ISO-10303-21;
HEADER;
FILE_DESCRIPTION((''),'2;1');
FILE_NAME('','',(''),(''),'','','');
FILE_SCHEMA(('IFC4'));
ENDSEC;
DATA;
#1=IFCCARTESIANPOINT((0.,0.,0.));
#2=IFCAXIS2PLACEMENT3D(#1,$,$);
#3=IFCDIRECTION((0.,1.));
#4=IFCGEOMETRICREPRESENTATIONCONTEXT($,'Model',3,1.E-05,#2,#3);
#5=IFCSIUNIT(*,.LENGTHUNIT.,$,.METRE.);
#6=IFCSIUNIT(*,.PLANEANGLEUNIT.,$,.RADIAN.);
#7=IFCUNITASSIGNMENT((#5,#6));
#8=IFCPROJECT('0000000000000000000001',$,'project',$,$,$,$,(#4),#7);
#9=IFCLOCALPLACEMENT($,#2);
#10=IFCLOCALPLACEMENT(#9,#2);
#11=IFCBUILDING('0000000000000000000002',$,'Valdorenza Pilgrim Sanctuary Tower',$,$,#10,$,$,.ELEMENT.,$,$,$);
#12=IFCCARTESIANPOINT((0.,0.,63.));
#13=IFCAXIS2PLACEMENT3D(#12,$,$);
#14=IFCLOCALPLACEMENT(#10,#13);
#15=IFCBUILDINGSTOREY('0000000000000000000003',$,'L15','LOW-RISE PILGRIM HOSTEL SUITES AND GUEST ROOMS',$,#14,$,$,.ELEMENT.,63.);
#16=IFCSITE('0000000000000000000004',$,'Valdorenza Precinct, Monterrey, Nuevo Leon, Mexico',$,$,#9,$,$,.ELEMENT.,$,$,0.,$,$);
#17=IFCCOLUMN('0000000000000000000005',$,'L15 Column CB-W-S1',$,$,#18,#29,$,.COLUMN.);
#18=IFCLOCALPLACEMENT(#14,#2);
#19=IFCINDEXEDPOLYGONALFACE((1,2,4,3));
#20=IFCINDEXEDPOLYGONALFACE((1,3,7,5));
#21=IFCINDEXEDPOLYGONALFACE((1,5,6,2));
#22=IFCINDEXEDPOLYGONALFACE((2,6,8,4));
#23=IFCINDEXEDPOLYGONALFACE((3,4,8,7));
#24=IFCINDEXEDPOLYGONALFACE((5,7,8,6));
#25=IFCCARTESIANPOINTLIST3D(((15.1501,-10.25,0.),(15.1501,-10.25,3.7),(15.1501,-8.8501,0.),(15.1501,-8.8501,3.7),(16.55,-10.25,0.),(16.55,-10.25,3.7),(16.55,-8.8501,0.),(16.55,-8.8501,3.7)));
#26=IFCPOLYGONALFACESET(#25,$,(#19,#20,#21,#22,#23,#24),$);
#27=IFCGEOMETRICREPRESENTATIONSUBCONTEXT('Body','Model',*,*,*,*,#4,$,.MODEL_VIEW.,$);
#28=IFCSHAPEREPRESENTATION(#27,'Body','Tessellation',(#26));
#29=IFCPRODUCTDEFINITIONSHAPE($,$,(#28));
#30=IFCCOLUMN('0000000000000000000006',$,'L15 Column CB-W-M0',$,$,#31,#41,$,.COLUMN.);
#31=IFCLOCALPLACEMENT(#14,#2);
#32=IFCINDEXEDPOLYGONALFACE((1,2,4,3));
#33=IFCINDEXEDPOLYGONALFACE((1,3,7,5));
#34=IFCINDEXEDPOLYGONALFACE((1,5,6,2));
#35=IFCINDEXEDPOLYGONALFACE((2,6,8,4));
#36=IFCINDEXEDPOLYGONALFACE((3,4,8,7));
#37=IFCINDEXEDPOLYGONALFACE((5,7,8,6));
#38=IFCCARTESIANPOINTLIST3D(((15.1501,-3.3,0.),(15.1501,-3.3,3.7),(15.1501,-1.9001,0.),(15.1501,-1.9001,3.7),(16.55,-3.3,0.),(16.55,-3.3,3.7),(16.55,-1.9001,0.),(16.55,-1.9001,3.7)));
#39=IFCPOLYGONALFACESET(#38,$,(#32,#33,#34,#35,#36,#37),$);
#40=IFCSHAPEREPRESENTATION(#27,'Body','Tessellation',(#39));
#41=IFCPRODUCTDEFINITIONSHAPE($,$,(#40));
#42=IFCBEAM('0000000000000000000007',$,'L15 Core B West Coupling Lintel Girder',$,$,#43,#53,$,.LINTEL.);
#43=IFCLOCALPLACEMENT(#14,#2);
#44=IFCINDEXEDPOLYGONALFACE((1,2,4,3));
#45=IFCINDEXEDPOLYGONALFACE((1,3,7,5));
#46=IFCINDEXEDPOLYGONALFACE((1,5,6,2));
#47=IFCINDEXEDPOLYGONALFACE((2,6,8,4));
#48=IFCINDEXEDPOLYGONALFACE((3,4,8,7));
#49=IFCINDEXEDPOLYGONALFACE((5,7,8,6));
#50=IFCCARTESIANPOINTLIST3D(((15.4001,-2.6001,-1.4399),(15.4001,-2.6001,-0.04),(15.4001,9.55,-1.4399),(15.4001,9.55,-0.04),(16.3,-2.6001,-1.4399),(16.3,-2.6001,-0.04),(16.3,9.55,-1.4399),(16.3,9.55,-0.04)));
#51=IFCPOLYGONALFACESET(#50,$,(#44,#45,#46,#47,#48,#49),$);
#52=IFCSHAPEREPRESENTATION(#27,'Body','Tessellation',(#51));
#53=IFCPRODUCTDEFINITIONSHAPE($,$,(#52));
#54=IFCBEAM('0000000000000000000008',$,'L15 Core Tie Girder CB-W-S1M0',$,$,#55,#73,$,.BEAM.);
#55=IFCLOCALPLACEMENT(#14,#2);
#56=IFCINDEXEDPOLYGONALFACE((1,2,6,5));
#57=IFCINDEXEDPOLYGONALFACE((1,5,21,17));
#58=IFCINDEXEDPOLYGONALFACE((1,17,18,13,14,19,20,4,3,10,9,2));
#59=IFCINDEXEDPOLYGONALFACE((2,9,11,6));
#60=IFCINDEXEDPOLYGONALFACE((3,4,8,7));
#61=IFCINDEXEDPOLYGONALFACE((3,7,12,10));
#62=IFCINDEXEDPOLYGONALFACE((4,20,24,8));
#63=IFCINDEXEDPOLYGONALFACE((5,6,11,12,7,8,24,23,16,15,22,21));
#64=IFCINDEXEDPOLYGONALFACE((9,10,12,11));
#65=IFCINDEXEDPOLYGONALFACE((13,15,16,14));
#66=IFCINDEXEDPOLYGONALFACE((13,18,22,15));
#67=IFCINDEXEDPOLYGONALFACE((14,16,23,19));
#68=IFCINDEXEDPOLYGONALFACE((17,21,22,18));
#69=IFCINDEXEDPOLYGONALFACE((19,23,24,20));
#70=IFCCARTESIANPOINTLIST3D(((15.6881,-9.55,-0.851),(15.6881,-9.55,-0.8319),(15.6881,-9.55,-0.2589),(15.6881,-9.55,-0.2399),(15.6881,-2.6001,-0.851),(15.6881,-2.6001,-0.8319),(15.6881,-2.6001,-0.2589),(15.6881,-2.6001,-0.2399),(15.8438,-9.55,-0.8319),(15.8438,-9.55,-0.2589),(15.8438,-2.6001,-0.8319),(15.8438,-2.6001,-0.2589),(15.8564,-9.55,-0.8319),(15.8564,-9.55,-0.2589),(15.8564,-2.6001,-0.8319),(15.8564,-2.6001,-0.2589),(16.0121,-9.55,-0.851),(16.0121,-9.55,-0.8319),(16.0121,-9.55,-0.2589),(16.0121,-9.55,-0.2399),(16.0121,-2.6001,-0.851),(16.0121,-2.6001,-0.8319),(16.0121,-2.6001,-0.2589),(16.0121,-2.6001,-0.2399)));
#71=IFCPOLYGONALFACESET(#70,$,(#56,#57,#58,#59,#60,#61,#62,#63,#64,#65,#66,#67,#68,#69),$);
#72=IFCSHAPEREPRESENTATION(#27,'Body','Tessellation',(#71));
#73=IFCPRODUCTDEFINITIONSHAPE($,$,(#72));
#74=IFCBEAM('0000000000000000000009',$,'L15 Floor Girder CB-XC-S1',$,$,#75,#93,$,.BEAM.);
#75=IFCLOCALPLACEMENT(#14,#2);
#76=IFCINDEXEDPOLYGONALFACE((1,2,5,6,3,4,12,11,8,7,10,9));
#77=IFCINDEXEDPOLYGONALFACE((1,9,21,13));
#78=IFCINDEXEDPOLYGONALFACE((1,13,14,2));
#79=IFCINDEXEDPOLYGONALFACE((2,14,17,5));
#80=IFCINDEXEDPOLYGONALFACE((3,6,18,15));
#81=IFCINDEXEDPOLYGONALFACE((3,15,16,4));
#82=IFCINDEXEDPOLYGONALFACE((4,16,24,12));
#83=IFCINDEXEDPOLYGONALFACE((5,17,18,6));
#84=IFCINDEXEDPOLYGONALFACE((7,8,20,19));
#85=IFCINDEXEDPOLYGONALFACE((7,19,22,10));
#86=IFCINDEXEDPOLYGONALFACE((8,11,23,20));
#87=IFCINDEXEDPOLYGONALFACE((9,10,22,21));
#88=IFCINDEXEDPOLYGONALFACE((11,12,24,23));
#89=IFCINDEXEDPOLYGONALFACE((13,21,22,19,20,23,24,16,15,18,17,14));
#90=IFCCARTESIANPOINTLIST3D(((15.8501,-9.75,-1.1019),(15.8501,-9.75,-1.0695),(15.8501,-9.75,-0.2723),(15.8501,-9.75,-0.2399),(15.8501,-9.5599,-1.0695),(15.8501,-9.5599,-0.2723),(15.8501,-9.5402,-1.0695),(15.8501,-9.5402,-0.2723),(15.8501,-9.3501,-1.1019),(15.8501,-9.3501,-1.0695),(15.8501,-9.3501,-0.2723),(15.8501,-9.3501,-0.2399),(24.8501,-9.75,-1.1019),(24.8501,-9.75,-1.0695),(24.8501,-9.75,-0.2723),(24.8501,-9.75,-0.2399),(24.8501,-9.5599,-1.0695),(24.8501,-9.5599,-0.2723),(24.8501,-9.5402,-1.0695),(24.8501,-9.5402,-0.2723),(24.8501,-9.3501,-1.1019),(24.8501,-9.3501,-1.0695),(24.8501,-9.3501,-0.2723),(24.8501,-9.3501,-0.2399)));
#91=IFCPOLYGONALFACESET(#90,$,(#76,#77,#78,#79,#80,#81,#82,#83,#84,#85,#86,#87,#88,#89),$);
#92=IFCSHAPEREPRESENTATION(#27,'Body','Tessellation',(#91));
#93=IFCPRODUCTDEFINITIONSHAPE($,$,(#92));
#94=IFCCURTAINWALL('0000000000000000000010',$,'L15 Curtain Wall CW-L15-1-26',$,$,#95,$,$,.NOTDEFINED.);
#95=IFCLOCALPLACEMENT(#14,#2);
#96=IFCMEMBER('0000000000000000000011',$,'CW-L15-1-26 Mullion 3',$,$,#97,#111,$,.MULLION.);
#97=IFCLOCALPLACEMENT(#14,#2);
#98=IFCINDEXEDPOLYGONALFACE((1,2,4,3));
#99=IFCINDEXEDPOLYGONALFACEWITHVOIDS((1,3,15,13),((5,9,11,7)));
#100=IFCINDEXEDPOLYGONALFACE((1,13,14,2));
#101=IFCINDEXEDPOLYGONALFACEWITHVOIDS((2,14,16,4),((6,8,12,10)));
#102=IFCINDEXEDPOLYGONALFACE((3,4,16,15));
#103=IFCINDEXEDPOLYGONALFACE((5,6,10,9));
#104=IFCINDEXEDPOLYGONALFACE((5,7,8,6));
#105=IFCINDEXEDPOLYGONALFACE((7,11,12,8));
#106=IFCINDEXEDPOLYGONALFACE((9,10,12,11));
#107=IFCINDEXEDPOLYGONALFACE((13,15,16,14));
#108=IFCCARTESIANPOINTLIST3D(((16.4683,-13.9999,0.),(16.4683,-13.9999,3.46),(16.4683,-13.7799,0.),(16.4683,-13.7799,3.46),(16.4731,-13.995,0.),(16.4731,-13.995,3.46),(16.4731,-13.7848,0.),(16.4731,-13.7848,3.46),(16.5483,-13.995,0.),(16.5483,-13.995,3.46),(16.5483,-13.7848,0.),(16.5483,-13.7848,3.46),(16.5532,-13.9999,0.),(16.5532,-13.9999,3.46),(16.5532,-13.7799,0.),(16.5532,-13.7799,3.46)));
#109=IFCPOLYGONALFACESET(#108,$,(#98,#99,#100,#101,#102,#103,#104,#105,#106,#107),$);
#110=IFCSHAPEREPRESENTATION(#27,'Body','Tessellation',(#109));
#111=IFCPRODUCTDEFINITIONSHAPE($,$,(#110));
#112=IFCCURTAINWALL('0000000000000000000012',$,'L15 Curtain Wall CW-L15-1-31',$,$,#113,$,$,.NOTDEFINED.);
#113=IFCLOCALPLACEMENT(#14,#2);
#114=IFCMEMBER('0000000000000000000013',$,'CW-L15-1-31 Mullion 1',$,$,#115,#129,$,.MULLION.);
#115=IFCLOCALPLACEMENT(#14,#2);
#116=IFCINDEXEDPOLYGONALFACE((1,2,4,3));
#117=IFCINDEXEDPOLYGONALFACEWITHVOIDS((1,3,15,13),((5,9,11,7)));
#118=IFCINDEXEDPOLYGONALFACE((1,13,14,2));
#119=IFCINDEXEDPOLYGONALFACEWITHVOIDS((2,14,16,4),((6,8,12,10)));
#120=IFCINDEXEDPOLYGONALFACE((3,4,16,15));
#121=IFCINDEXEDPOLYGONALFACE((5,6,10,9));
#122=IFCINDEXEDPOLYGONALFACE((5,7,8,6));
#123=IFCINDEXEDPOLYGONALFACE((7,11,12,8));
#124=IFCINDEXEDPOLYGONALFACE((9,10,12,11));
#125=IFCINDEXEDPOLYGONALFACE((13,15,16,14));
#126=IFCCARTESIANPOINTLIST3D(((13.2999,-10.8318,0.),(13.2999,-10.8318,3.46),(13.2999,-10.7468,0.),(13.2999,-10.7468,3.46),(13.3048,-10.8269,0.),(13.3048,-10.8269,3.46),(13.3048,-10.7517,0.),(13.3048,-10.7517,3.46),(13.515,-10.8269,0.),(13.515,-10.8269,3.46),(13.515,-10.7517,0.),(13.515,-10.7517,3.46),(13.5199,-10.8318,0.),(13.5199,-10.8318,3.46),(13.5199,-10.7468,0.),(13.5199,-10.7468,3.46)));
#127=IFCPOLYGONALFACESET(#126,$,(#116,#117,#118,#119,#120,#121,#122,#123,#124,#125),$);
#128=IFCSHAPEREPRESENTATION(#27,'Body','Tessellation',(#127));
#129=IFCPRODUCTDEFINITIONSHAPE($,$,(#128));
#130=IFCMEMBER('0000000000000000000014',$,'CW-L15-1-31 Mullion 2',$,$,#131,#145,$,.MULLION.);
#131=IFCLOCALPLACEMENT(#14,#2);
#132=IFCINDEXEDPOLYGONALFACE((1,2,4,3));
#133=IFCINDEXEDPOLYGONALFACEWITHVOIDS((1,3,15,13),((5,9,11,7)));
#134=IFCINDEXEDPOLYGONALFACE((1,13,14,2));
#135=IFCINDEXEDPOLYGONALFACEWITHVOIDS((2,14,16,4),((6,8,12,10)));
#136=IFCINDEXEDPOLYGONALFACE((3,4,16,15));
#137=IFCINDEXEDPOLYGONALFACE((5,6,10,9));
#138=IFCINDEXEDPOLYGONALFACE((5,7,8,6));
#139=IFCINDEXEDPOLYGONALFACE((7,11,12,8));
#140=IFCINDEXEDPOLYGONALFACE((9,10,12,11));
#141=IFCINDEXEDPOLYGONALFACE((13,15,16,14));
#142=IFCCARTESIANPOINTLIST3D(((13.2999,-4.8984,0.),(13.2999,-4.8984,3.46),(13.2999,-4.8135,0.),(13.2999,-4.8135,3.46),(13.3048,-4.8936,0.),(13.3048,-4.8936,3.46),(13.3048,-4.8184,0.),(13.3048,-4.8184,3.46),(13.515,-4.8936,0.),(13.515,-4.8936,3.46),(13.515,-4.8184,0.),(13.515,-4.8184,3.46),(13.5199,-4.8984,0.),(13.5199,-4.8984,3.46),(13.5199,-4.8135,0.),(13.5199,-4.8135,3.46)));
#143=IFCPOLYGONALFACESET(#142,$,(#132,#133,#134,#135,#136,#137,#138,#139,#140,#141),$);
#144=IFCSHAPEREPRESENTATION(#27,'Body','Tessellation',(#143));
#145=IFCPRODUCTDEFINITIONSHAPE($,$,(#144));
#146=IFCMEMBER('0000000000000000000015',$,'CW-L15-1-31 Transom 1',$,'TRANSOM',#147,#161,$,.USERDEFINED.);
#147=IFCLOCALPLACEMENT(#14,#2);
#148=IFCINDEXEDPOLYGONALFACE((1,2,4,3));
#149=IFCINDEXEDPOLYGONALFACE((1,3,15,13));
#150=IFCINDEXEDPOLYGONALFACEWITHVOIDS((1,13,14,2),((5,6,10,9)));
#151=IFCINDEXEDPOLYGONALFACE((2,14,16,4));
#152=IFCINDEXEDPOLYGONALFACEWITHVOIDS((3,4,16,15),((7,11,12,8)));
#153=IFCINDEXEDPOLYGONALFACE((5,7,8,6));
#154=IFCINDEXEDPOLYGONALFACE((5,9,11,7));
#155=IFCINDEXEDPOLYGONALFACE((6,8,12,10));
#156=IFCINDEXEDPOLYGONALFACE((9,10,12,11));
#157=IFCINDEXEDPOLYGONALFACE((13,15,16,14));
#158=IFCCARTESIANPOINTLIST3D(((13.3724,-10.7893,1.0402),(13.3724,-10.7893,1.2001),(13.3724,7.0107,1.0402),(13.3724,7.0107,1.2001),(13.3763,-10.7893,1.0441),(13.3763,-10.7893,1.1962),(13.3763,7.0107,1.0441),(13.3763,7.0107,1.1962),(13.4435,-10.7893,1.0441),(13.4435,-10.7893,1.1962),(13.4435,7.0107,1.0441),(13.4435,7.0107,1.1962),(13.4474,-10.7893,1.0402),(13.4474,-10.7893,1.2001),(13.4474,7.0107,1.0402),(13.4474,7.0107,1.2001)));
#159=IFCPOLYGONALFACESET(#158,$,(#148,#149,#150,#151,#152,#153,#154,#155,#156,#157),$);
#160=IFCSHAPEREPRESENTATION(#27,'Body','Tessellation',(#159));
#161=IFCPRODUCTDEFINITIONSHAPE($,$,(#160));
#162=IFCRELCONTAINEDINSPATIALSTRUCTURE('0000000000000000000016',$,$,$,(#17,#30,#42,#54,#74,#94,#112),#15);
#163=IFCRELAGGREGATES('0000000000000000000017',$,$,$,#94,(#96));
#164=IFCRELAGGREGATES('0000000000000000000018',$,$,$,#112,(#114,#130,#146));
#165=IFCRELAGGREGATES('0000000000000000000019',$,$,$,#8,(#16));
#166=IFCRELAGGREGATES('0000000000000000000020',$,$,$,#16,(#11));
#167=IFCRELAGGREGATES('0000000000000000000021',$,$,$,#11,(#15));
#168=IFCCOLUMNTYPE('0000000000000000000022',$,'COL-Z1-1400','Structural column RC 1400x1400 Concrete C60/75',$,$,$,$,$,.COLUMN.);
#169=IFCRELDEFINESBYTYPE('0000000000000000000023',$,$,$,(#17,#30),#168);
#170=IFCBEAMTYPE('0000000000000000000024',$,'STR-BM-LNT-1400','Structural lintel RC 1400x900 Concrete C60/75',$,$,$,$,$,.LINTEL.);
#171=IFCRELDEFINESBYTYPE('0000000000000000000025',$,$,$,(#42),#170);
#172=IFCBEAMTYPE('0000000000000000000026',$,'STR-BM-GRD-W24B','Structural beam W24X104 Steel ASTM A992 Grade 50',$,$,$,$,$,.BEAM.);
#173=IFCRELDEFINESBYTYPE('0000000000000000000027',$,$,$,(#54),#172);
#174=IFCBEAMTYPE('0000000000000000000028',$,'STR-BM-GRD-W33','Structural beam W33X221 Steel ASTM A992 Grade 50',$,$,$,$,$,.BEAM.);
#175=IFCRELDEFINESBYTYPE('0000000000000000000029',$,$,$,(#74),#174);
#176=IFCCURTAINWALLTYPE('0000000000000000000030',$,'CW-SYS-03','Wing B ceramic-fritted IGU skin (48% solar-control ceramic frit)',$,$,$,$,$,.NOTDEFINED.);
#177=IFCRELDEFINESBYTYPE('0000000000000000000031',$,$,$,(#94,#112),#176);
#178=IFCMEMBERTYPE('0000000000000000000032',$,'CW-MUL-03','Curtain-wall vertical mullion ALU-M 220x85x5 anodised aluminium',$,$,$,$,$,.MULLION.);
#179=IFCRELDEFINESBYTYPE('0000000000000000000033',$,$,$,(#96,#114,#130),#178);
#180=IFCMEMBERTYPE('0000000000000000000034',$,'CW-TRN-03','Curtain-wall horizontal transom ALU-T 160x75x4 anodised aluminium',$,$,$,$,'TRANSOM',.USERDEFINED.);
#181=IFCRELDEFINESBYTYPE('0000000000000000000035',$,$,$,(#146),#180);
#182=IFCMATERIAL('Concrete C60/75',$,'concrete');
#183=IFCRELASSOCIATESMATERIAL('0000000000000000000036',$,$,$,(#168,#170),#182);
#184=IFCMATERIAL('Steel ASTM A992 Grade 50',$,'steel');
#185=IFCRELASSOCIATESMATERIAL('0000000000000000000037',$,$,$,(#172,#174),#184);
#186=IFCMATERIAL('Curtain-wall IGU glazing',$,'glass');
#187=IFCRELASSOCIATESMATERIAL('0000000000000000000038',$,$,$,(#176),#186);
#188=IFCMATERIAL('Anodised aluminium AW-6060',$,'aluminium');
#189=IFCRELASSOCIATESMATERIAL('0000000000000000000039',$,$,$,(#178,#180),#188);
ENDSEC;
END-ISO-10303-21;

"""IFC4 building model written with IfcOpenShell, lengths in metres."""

from ifc_helpers import new_model, si_unit, direction, frame, origin, origin_2d, place, context, subcontext, project, spatial, rectangle, hollow_rectangle, i_section, extrude, source, transform, mapped, material, material_profile, profile_set, type_object, element, aggregate, save


model = new_model("IFC4")

# Units and contexts
model_context = context("Model", 3, precision=1e-05, world=origin(), true_north=direction((0.0, 1.0)))
body_context = subcontext(model_context, "Body", "Model", "MODEL_VIEW")
ifc_project = project(units=[si_unit("LENGTHUNIT", "METRE"), si_unit("PLANEANGLEUNIT", "RADIAN")], contexts=[model_context])

# Site, building, storey
site_placement = place(None, origin())
site = spatial("IfcSite", under=ifc_project, at=site_placement, Name="Valdorenza Precinct, Monterrey, Nuevo Leon, Mexico", CompositionType="ELEMENT", RefElevation=0.0)
building_placement = place(site_placement, origin())
building = spatial("IfcBuilding", under=site, at=building_placement, Name="Valdorenza Pilgrim Sanctuary Tower", CompositionType="ELEMENT")
storey_placement = place(building_placement, frame((0.0, 0.0, 63.0)))
storey = spatial("IfcBuildingStorey", under=building, at=storey_placement, Name="L15", Description="LOW-RISE PILGRIM HOSTEL SUITES AND GUEST ROOMS", CompositionType="ELEMENT", Elevation=63.0)

# Columns
ifc_material_1 = material(Name="Concrete C60/75", Category="concrete")
ifc_material_profile_1 = material_profile(ifc_material_1, rectangle(XDim=1.3999, YDim=1.3999, at=origin_2d()), Name="RC 1400x1400")
ifc_profile_set_1 = profile_set([ifc_material_profile_1], Name="Concrete C60/75")
column_type = type_object("IfcColumnType", Name="COL-Z1-1400", Description="Structural column RC 1400x1400 Concrete C60/75", PredefinedType="COLUMN", material=ifc_profile_set_1)
shared_shape_1 = source(origin(), body_context, "Body", "SweptSolid", [
    extrude(rectangle(XDim=1.3999, YDim=1.3999, at=origin_2d()), origin(), (0.0, 0.0, 1.0), 3.7),
])
for number, where, z_axis, x_axis, name in (
    (1, (15.8501, -9.55, 0.0), (0.0, 0.0, 1.0), (1.0, 0.0, 0.0), "L15 Column CB-W-S1"),
    (2, (15.8501, -2.6001, 0.0), (0.0, 0.0, 1.0), (1.0, 0.0, 0.0), "L15 Column CB-W-M0"),
):
    element("IfcColumn", number, at=place(storey_placement, frame(where, z_axis=z_axis, x_axis=x_axis)), inside=storey, type_object=column_type, Name=name, PredefinedType="COLUMN", context=body_context, shape_type="MappedRepresentation", body=[
        mapped(shared_shape_1, transform((0.0, 0.0, 0.0), x_axis=(1.0, 0.0, 0.0), y_axis=(0.0, 1.0, 0.0), z_axis=(0.0, 0.0, 1.0), scale=1.0)),
    ])

# Beams
ifc_material_profile_2 = material_profile(ifc_material_1, rectangle(XDim=0.8999, YDim=1.3999, at=origin_2d()), Name="RC 1400x900")
ifc_profile_set_2 = profile_set([ifc_material_profile_2], Name="Concrete C60/75")
beam_type_1 = type_object("IfcBeamType", Name="STR-BM-LNT-1400", Description="Structural lintel RC 1400x900 Concrete C60/75", PredefinedType="LINTEL", material=ifc_profile_set_2)
shared_shape_2 = source(origin(), body_context, "Body", "SweptSolid", [
    extrude(rectangle(XDim=0.8999, YDim=1.3999, at=origin_2d()), origin(), (0.0, 0.0, 1.0), 12.1501),
])
beam_1_placement = place(storey_placement, frame((15.8501, -2.6001, -0.74), z_axis=(0.0, 1.0, 0.0), x_axis=(-1.0, 0.0, 0.0)))
element("IfcBeam", 3, at=beam_1_placement, inside=storey, type_object=beam_type_1, Name="L15 Core B West Coupling Lintel Girder", PredefinedType="LINTEL", context=body_context, shape_type="MappedRepresentation", body=[
    mapped(shared_shape_2, transform((0.0, 0.0, 0.0), x_axis=(1.0, 0.0, 0.0), y_axis=(0.0, 1.0, 0.0), z_axis=(0.0, 0.0, 1.0), scale=1.0)),
])
ifc_material_2 = material(Name="Steel ASTM A992 Grade 50", Category="steel")
ifc_material_profile_3 = material_profile(ifc_material_2, i_section(OverallWidth=0.324, OverallDepth=0.6111, WebThickness=0.0127, FlangeThickness=0.019, at=origin_2d()), Name="W24X104")
ifc_profile_set_3 = profile_set([ifc_material_profile_3], Name="Steel ASTM A992 Grade 50")
beam_type_2 = type_object("IfcBeamType", Name="STR-BM-GRD-W24B", Description="Structural beam W24X104 Steel ASTM A992 Grade 50", PredefinedType="BEAM", material=ifc_profile_set_3)
shared_shape_3 = source(origin(), body_context, "Body", "SweptSolid", [
    extrude(i_section(OverallWidth=0.324, OverallDepth=0.6111, WebThickness=0.0127, FlangeThickness=0.019, at=origin_2d()), origin(), (0.0, 0.0, 1.0), 6.95),
])
beam_2_placement = place(storey_placement, frame((15.8501, -9.55, -0.5454), z_axis=(0.0, 1.0, 0.0), x_axis=(-1.0, 0.0, 0.0)))
element("IfcBeam", 4, at=beam_2_placement, inside=storey, type_object=beam_type_2, Name="L15 Core Tie Girder CB-W-S1M0", PredefinedType="BEAM", context=body_context, shape_type="MappedRepresentation", body=[
    mapped(shared_shape_3, transform((0.0, 0.0, 0.0), x_axis=(1.0, 0.0, 0.0), y_axis=(0.0, 1.0, 0.0), z_axis=(0.0, 0.0, 1.0), scale=1.0)),
])
ifc_material_profile_4 = material_profile(ifc_material_2, i_section(OverallWidth=0.3999, OverallDepth=0.8621, WebThickness=0.0198, FlangeThickness=0.0325, at=origin_2d()), Name="W33X221")
ifc_profile_set_4 = profile_set([ifc_material_profile_4], Name="Steel ASTM A992 Grade 50")
beam_type_3 = type_object("IfcBeamType", Name="STR-BM-GRD-W33", Description="Structural beam W33X221 Steel ASTM A992 Grade 50", PredefinedType="BEAM", material=ifc_profile_set_4)
shared_shape_4 = source(origin(), body_context, "Body", "SweptSolid", [
    extrude(i_section(OverallWidth=0.3999, OverallDepth=0.8621, WebThickness=0.0198, FlangeThickness=0.0325, at=origin_2d()), origin(), (0.0, 0.0, 1.0), 9.0),
])
beam_3_placement = place(storey_placement, frame((15.8501, -9.55, -0.6709), z_axis=(1.0, 0.0, 0.0), x_axis=(0.0, 1.0, 0.0)))
element("IfcBeam", 5, at=beam_3_placement, inside=storey, type_object=beam_type_3, Name="L15 Floor Girder CB-XC-S1", PredefinedType="BEAM", context=body_context, shape_type="MappedRepresentation", body=[
    mapped(shared_shape_4, transform((0.0, 0.0, 0.0), x_axis=(1.0, 0.0, 0.0), y_axis=(0.0, 1.0, 0.0), z_axis=(0.0, 0.0, 1.0), scale=1.0)),
])

# Curtain wall, member
ifc_material_3 = material(Name="Curtain-wall IGU glazing", Category="glass")
curtain_wall_type = type_object("IfcCurtainWallType", Name="CW-SYS-03", Description="Wing B ceramic-fritted IGU skin (48% solar-control ceramic frit)", PredefinedType="NOTDEFINED", material=ifc_material_3)
curtain_wall_1_placement = place(storey_placement, origin())
curtain_wall_1 = element("IfcCurtainWall", 6, at=curtain_wall_1_placement, inside=storey, type_object=curtain_wall_type, Name="L15 Curtain Wall CW-L15-1-26", PredefinedType="NOTDEFINED")
ifc_material_4 = material(Name="Anodised aluminium AW-6060", Category="aluminium")
ifc_material_profile_5 = material_profile(ifc_material_4, hollow_rectangle(XDim=0.085, YDim=0.22, WallThickness=0.0049, at=origin_2d()), Name="ALU-M 220x85x5")
ifc_profile_set_5 = profile_set([ifc_material_profile_5], Name="Anodised aluminium AW-6060")
member_type_1 = type_object("IfcMemberType", Name="CW-MUL-03", Description="Curtain-wall vertical mullion ALU-M 220x85x5 anodised aluminium", PredefinedType="MULLION", material=ifc_profile_set_5)
shared_shape_5 = source(origin(), body_context, "Body", "SweptSolid", [
    extrude(hollow_rectangle(XDim=0.085, YDim=0.22, WallThickness=0.0049, at=origin_2d()), origin(), (0.0, 0.0, 1.0), 3.46),
])
member_1_placement = place(storey_placement, frame((16.5107, -13.8899, 0.0), z_axis=(0.0, 0.0, 1.0), x_axis=(-1.0, 0.0, 0.0)))
member_1 = element("IfcMember", 7, at=member_1_placement, type_object=member_type_1, Name="CW-L15-1-26 Mullion 3", PredefinedType="MULLION", context=body_context, shape_type="MappedRepresentation", body=[
    mapped(shared_shape_5, transform((0.0, 0.0, 0.0), x_axis=(1.0, 0.0, 0.0), y_axis=(0.0, 1.0, 0.0), z_axis=(0.0, 0.0, 1.0), scale=1.0)),
])
aggregate(curtain_wall_1, [member_1])

# Curtain wall, members
curtain_wall_2_placement = place(storey_placement, origin())
curtain_wall_2 = element("IfcCurtainWall", 8, at=curtain_wall_2_placement, inside=storey, type_object=curtain_wall_type, Name="L15 Curtain Wall CW-L15-1-31", PredefinedType="NOTDEFINED")
member_2_placement = place(storey_placement, frame((13.4099, -10.7893, 0.0), z_axis=(0.0, 0.0, 1.0), x_axis=(0.0, 1.0, 0.0)))
member_2 = element("IfcMember", 9, at=member_2_placement, type_object=member_type_1, Name="CW-L15-1-31 Mullion 1", PredefinedType="MULLION", context=body_context, shape_type="MappedRepresentation", body=[
    mapped(shared_shape_5, transform((0.0, 0.0, 0.0), x_axis=(1.0, 0.0, 0.0), y_axis=(0.0, 1.0, 0.0), z_axis=(0.0, 0.0, 1.0), scale=1.0)),
])
member_3_placement = place(storey_placement, frame((13.4099, -4.856, 0.0), z_axis=(0.0, 0.0, 1.0), x_axis=(0.0, 1.0, 0.0)))
member_3 = element("IfcMember", 10, at=member_3_placement, type_object=member_type_1, Name="CW-L15-1-31 Mullion 2", PredefinedType="MULLION", context=body_context, shape_type="MappedRepresentation", body=[
    mapped(shared_shape_5, transform((0.0, 0.0, 0.0), x_axis=(1.0, 0.0, 0.0), y_axis=(0.0, 1.0, 0.0), z_axis=(0.0, 0.0, 1.0), scale=1.0)),
])
ifc_material_profile_6 = material_profile(ifc_material_4, hollow_rectangle(XDim=0.075, YDim=0.1599, WallThickness=0.0039, at=origin_2d()), Name="ALU-T 160x75x4")
ifc_profile_set_6 = profile_set([ifc_material_profile_6], Name="Anodised aluminium AW-6060")
member_type_2 = type_object("IfcMemberType", Name="CW-TRN-03", Description="Curtain-wall horizontal transom ALU-T 160x75x4 anodised aluminium", ElementType="TRANSOM", PredefinedType="USERDEFINED", material=ifc_profile_set_6)
shared_shape_6 = source(origin(), body_context, "Body", "SweptSolid", [
    extrude(hollow_rectangle(XDim=0.075, YDim=0.1599, WallThickness=0.0039, at=origin_2d()), origin(), (0.0, 0.0, 1.0), 17.8),
])
member_4_placement = place(storey_placement, frame((13.4099, -10.7893, 1.1201), z_axis=(0.0, 1.0, 0.0), x_axis=(-1.0, 0.0, 0.0)))
member_4 = element("IfcMember", 11, at=member_4_placement, type_object=member_type_2, Name="CW-L15-1-31 Transom 1", ObjectType="TRANSOM", PredefinedType="USERDEFINED", context=body_context, shape_type="MappedRepresentation", body=[
    mapped(shared_shape_6, transform((0.0, 0.0, 0.0), x_axis=(1.0, 0.0, 0.0), y_axis=(0.0, 1.0, 0.0), z_axis=(0.0, 0.0, 1.0), scale=1.0)),
])
aggregate(curtain_wall_2, [member_2, member_3, member_4])

save(model, "model.ifc")
